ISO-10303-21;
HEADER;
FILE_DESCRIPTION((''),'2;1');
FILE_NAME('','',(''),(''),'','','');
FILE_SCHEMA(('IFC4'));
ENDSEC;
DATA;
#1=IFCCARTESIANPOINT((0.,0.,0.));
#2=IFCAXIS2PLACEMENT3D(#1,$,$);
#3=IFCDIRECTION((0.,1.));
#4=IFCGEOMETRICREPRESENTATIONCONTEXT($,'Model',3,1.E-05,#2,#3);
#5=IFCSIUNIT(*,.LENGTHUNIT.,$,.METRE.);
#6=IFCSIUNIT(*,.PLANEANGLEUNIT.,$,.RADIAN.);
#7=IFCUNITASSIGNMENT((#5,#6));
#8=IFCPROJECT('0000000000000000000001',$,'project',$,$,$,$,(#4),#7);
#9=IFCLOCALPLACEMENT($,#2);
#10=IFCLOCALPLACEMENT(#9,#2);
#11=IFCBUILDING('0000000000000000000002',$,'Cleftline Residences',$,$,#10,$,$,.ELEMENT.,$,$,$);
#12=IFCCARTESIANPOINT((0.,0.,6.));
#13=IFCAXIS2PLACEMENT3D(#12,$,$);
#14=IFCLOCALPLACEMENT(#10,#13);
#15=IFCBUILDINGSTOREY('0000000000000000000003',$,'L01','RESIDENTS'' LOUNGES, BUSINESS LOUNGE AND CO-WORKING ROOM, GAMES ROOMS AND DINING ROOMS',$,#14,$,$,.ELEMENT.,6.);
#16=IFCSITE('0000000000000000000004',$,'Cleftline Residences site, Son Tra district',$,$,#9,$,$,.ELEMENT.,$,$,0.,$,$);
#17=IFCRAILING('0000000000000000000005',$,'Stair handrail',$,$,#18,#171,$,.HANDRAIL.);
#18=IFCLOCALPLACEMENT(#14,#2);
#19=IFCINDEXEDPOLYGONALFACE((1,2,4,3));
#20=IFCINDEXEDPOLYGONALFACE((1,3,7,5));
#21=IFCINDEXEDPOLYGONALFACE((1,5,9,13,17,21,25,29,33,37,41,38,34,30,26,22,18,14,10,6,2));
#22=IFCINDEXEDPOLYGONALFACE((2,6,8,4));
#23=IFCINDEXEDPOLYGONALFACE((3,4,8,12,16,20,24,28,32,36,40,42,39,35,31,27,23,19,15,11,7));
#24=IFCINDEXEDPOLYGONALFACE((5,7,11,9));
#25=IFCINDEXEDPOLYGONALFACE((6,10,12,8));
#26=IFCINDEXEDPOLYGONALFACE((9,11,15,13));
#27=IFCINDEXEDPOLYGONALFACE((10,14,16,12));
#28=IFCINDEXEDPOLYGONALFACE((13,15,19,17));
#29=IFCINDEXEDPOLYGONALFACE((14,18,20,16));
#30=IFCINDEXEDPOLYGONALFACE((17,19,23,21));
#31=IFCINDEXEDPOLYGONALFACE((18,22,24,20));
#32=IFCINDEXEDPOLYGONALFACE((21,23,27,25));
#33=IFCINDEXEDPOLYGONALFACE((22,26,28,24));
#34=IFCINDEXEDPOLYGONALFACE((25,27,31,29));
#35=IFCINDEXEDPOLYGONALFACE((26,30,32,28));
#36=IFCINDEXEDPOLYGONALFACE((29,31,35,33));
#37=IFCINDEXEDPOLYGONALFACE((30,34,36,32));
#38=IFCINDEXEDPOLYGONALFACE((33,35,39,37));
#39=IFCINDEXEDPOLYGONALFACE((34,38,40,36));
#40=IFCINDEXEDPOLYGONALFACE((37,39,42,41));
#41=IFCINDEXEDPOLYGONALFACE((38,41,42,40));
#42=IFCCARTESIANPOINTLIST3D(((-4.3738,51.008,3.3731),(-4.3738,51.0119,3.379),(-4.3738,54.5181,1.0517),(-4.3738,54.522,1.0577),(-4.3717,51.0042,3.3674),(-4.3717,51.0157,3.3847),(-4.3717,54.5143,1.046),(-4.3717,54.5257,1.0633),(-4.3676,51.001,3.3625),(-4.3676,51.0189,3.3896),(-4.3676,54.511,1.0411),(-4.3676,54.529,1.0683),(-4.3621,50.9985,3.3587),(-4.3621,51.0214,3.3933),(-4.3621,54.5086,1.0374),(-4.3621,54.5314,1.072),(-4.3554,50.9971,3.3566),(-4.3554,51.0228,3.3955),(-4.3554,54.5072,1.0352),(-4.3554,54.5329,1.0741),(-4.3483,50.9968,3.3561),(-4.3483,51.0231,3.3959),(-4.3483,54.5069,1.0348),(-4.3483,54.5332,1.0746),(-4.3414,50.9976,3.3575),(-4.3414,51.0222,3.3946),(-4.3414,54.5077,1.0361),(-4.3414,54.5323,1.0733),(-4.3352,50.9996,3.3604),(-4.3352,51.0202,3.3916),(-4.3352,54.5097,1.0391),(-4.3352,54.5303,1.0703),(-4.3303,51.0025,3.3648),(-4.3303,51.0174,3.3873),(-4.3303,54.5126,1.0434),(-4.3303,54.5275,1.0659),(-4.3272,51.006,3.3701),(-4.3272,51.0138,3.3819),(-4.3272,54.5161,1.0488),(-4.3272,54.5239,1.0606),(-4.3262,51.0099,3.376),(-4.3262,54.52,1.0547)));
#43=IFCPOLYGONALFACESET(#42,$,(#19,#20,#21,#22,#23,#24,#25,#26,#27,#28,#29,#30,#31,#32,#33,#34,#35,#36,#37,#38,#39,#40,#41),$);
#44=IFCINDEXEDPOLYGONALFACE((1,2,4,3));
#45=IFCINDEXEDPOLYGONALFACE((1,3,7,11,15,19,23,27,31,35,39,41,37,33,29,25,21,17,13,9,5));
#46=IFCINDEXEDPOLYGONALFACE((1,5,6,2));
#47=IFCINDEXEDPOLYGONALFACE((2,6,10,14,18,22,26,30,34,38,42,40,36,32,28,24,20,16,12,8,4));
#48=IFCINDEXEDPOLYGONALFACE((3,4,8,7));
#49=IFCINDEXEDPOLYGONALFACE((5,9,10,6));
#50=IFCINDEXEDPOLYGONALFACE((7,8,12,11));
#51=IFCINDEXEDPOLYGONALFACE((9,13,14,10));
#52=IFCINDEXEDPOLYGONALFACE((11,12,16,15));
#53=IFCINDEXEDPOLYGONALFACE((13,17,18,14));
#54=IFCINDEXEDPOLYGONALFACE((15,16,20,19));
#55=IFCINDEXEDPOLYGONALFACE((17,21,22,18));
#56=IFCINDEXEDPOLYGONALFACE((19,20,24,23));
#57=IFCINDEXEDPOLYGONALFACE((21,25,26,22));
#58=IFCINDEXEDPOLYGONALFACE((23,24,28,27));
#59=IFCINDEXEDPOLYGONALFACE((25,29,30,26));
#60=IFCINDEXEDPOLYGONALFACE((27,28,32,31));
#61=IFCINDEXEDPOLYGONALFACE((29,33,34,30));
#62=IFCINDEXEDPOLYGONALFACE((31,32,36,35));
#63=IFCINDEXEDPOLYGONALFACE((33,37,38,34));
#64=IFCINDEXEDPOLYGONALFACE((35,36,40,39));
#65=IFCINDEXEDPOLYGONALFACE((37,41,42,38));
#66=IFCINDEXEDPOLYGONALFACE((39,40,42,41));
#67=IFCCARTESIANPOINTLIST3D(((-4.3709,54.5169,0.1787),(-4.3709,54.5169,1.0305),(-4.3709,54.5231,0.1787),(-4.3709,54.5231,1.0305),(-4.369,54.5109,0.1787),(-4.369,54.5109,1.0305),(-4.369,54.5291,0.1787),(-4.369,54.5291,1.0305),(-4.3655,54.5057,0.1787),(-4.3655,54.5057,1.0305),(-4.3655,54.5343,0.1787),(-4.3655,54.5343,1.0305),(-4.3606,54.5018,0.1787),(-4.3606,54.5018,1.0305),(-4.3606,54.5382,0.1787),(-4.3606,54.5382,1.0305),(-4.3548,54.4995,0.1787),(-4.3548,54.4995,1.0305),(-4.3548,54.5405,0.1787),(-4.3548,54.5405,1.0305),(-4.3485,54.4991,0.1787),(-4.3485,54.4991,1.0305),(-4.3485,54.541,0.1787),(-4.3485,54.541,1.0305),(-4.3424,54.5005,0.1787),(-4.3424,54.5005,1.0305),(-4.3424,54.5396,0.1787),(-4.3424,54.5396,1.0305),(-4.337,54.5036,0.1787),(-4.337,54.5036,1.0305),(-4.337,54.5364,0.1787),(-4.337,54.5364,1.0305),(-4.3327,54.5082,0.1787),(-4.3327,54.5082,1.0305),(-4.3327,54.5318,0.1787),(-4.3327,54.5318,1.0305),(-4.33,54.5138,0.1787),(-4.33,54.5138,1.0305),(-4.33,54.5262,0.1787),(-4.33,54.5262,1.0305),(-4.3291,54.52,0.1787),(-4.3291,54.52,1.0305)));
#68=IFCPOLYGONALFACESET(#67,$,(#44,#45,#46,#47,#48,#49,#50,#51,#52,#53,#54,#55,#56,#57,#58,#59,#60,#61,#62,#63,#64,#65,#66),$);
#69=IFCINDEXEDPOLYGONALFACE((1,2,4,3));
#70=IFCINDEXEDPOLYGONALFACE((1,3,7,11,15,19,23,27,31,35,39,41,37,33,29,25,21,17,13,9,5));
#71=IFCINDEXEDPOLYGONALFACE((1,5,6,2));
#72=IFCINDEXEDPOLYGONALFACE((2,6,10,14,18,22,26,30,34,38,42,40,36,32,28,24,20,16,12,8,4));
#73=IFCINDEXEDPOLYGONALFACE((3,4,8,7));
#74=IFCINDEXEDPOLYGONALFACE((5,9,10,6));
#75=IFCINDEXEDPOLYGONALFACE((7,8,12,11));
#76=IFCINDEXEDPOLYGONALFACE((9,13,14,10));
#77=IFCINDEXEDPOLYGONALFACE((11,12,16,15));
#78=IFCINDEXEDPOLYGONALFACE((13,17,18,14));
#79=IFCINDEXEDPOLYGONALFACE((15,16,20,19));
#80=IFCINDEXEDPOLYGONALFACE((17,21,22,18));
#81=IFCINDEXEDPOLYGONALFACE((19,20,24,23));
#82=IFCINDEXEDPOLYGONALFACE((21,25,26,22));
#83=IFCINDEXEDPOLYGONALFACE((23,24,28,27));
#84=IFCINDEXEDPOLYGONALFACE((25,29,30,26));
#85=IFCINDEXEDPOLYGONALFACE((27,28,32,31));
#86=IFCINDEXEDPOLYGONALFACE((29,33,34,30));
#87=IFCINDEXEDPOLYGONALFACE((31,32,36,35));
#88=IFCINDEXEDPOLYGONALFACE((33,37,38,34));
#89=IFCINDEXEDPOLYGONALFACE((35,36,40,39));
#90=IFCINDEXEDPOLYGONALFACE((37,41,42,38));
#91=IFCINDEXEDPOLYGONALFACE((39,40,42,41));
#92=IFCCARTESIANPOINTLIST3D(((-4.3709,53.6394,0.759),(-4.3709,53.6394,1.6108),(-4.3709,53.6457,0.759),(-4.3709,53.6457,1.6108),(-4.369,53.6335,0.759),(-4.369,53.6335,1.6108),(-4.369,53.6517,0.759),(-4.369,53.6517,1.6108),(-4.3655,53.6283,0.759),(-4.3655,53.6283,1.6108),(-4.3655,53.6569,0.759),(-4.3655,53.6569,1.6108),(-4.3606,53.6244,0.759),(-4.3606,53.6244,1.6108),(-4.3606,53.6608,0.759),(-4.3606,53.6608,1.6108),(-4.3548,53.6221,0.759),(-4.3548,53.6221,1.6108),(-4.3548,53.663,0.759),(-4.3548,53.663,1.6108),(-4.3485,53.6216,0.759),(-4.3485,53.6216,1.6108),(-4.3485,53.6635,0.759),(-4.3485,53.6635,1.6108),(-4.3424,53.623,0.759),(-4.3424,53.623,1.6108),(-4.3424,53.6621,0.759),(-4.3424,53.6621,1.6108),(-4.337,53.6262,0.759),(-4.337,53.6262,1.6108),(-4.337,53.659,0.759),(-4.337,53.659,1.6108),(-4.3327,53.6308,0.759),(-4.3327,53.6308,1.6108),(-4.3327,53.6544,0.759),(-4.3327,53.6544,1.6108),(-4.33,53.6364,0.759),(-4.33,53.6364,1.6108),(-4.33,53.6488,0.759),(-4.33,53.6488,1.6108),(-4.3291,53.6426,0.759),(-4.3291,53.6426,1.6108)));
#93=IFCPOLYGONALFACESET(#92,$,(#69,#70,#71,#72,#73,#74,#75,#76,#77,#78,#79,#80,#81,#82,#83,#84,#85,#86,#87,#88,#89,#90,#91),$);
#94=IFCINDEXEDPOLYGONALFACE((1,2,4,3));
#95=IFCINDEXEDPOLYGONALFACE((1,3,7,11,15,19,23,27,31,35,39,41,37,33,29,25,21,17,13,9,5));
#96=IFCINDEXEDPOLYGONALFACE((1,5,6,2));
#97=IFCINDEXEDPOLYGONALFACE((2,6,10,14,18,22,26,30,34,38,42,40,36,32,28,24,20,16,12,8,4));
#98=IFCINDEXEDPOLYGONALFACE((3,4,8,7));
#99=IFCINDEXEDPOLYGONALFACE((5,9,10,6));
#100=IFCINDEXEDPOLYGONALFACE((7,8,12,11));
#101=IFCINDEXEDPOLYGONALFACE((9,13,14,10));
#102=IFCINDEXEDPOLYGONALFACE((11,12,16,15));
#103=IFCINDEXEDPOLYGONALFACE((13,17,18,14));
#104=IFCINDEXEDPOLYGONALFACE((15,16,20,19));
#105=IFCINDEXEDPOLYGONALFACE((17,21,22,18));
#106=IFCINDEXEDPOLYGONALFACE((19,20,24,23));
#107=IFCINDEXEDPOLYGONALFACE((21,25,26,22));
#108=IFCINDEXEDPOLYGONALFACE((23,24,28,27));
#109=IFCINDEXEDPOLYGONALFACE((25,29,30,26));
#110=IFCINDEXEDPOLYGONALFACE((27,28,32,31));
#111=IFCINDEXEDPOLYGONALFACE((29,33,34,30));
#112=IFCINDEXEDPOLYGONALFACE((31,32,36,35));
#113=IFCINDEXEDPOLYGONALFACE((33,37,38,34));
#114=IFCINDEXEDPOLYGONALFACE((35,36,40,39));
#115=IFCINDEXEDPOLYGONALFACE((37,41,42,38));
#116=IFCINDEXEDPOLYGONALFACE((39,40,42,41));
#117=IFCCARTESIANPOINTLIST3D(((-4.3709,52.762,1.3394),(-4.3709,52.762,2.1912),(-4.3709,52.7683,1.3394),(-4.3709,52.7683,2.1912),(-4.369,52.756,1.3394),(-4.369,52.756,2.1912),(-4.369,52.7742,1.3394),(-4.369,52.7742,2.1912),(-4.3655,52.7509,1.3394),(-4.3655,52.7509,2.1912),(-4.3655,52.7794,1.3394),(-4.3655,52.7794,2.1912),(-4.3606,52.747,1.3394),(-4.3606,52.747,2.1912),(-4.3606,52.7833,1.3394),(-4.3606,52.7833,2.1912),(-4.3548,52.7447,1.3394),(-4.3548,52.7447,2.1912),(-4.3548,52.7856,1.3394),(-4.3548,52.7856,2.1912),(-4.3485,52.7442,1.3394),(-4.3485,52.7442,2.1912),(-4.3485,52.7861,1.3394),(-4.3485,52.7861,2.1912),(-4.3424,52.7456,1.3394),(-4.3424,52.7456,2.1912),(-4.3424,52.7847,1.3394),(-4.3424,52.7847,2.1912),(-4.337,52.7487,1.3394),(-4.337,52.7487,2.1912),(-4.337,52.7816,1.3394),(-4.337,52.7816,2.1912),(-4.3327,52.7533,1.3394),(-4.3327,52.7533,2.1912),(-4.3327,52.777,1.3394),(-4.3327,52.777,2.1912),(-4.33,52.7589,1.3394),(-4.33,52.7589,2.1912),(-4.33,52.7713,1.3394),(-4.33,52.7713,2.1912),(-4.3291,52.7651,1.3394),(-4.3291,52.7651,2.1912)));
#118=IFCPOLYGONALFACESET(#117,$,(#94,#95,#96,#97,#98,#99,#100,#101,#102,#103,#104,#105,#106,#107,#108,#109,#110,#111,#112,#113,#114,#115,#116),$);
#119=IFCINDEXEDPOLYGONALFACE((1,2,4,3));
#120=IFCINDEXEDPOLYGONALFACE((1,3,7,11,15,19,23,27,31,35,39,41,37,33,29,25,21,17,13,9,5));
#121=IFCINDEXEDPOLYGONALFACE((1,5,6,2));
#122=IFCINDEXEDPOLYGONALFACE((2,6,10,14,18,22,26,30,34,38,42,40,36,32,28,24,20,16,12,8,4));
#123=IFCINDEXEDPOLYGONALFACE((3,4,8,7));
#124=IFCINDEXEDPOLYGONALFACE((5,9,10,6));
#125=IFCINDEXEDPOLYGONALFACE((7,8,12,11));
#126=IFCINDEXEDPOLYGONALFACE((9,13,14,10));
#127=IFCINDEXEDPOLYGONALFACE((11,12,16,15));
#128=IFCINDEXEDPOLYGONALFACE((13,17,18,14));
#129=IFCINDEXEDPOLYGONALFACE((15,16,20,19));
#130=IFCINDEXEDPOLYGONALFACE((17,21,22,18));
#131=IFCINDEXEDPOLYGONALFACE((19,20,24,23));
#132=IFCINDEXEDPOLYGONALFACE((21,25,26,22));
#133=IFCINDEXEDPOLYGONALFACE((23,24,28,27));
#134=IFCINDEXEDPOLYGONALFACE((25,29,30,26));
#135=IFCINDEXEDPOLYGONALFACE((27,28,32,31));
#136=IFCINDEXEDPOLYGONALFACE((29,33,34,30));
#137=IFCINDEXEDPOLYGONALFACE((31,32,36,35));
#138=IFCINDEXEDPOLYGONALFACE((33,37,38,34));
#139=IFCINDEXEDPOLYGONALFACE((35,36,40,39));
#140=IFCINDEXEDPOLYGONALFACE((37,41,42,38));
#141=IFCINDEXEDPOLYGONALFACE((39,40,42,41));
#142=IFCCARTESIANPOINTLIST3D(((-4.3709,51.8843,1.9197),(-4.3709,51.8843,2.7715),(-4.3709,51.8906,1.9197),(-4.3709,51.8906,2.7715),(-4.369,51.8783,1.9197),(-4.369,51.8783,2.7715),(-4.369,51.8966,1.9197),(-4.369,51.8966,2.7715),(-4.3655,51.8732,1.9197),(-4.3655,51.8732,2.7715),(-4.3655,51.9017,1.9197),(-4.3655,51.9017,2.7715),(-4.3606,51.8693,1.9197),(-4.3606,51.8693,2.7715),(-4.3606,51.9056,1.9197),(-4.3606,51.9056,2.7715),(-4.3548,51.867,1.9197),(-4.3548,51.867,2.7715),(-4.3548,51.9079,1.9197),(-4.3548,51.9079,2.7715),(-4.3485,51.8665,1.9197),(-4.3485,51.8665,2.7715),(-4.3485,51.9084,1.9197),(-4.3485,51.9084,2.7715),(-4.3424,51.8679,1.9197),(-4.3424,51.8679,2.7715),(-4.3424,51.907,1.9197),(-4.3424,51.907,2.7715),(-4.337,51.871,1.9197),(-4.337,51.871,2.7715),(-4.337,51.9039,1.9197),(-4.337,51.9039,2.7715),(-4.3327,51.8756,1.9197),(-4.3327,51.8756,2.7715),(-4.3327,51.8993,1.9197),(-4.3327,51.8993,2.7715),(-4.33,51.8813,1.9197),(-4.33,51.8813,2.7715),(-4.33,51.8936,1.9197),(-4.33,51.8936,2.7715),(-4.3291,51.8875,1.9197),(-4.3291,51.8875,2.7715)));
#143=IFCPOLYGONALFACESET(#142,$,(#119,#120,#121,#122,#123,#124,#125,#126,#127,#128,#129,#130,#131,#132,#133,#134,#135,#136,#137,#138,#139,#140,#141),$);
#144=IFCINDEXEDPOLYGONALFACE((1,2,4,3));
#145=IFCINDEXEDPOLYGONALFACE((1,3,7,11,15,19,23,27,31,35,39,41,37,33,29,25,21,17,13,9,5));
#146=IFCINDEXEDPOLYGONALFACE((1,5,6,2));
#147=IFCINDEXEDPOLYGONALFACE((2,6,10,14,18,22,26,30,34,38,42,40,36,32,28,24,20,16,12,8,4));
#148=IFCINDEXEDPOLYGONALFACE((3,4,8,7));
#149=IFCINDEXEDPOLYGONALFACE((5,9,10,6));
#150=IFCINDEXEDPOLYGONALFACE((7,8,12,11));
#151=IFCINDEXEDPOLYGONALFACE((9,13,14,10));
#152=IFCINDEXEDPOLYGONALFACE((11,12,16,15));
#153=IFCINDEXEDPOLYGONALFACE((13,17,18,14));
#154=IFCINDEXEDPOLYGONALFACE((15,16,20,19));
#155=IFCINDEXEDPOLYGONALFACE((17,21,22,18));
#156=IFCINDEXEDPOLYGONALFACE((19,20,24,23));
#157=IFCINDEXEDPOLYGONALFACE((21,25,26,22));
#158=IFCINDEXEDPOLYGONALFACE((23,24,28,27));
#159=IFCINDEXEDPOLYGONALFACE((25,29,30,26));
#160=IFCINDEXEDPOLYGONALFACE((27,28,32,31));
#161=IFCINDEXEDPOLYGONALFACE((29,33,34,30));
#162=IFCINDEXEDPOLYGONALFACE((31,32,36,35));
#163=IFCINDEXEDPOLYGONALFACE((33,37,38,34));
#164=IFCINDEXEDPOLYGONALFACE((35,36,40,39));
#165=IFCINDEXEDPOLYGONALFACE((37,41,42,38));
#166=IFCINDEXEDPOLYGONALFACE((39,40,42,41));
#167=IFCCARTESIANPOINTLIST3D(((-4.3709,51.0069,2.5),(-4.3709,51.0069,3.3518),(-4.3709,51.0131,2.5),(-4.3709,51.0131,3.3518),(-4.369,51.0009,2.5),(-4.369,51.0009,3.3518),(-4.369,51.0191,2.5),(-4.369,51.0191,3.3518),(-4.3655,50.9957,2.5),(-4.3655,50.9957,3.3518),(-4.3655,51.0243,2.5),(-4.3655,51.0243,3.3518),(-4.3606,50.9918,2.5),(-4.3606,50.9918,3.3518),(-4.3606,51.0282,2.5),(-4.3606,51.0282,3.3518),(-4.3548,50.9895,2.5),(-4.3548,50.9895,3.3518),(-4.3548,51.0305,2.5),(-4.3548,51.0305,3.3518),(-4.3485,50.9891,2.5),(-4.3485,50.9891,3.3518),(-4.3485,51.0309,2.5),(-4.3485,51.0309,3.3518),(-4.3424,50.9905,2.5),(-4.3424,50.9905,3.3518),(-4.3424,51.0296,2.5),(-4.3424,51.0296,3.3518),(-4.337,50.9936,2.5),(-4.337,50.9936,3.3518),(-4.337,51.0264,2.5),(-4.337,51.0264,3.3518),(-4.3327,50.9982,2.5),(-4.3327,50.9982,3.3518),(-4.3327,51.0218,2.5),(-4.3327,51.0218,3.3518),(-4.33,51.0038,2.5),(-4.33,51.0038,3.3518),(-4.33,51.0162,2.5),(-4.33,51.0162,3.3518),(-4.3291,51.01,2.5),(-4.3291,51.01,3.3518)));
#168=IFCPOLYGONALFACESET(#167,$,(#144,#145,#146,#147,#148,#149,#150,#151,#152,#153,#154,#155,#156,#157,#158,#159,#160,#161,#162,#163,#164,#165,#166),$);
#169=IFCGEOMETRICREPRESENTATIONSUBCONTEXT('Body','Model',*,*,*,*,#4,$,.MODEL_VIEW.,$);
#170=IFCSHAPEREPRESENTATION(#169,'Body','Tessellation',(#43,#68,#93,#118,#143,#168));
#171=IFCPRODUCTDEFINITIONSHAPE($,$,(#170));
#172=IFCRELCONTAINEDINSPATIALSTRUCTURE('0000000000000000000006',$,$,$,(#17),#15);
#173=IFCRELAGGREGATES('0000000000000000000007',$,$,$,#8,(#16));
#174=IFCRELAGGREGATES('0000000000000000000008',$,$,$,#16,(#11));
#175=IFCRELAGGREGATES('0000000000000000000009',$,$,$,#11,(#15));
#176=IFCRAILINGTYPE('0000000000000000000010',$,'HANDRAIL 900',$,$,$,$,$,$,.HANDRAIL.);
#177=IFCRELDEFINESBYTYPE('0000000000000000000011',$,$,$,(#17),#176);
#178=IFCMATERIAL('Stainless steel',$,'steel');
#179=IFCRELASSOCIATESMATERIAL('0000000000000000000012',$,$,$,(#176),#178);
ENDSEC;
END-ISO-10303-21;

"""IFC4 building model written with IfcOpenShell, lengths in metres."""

from ifc_helpers import new_model, si_unit, direction, frame, origin, origin_2d, place, context, subcontext, project, spatial, circle, extrude, material, type_object, element, save


model = new_model("IFC4")

# Units and contexts
model_context = context("Model", 3, precision=1e-05, world=origin(), true_north=direction((0.0, 1.0)))
body_context = subcontext(model_context, "Body", "Model", "MODEL_VIEW")
ifc_project = project(units=[si_unit("LENGTHUNIT", "METRE"), si_unit("PLANEANGLEUNIT", "RADIAN")], contexts=[model_context])

# Site, building, storey
site_placement = place(None, origin())
site = spatial("IfcSite", under=ifc_project, at=site_placement, Name="Cleftline Residences site, Son Tra district", CompositionType="ELEMENT", RefElevation=0.0)
building_placement = place(site_placement, origin())
building = spatial("IfcBuilding", under=site, at=building_placement, Name="Cleftline Residences", CompositionType="ELEMENT")
storey_placement = place(building_placement, frame((0.0, 0.0, 6.0)))
storey = spatial("IfcBuildingStorey", under=building, at=storey_placement, Name="L01", Description="RESIDENTS' LOUNGES, BUSINESS LOUNGE AND CO-WORKING ROOM, GAMES ROOMS AND DINING ROOMS", CompositionType="ELEMENT", Elevation=6.0)

# Railing
ifc_material_1 = material(Name="Stainless steel", Category="steel")
railing_type = type_object("IfcRailingType", Name="HANDRAIL 900", PredefinedType="HANDRAIL", material=ifc_material_1)
railing_1_placement = place(storey_placement, frame((-4.3501, 54.52, 0.1787)))
element("IfcRailing", 1, at=railing_1_placement, inside=storey, type_object=railing_type, Name="Stair handrail", PredefinedType="HANDRAIL", context=body_context, shape_type="SweptSolid", body=[
    extrude(circle(Radius=0.0239, at=origin_2d()), frame((0.0, 0.0, 0.876), z_axis=(0.0, -0.834097, 0.551617), x_axis=(1.0, 0.0, 0.0)), (0.0, 0.0, 1.0), 4.2083),
    extrude(circle(Radius=0.021, at=origin_2d()), origin(), (0.0, 0.0, 1.0), 0.8518),
    extrude(circle(Radius=0.021, at=origin_2d()), frame((0.0, -0.8774, 0.5803)), (0.0, 0.0, 1.0), 0.8518),
    extrude(circle(Radius=0.021, at=origin_2d()), frame((0.0, -1.7549, 1.1606)), (0.0, 0.0, 1.0), 0.8518),
    extrude(circle(Radius=0.021, at=origin_2d()), frame((0.0, -2.6326, 1.741)), (0.0, 0.0, 1.0), 0.8518),
    extrude(circle(Radius=0.021, at=origin_2d()), frame((0.0, -3.51, 2.3213)), (0.0, 0.0, 1.0), 0.8518),
])

save(model, "model.ifc")
